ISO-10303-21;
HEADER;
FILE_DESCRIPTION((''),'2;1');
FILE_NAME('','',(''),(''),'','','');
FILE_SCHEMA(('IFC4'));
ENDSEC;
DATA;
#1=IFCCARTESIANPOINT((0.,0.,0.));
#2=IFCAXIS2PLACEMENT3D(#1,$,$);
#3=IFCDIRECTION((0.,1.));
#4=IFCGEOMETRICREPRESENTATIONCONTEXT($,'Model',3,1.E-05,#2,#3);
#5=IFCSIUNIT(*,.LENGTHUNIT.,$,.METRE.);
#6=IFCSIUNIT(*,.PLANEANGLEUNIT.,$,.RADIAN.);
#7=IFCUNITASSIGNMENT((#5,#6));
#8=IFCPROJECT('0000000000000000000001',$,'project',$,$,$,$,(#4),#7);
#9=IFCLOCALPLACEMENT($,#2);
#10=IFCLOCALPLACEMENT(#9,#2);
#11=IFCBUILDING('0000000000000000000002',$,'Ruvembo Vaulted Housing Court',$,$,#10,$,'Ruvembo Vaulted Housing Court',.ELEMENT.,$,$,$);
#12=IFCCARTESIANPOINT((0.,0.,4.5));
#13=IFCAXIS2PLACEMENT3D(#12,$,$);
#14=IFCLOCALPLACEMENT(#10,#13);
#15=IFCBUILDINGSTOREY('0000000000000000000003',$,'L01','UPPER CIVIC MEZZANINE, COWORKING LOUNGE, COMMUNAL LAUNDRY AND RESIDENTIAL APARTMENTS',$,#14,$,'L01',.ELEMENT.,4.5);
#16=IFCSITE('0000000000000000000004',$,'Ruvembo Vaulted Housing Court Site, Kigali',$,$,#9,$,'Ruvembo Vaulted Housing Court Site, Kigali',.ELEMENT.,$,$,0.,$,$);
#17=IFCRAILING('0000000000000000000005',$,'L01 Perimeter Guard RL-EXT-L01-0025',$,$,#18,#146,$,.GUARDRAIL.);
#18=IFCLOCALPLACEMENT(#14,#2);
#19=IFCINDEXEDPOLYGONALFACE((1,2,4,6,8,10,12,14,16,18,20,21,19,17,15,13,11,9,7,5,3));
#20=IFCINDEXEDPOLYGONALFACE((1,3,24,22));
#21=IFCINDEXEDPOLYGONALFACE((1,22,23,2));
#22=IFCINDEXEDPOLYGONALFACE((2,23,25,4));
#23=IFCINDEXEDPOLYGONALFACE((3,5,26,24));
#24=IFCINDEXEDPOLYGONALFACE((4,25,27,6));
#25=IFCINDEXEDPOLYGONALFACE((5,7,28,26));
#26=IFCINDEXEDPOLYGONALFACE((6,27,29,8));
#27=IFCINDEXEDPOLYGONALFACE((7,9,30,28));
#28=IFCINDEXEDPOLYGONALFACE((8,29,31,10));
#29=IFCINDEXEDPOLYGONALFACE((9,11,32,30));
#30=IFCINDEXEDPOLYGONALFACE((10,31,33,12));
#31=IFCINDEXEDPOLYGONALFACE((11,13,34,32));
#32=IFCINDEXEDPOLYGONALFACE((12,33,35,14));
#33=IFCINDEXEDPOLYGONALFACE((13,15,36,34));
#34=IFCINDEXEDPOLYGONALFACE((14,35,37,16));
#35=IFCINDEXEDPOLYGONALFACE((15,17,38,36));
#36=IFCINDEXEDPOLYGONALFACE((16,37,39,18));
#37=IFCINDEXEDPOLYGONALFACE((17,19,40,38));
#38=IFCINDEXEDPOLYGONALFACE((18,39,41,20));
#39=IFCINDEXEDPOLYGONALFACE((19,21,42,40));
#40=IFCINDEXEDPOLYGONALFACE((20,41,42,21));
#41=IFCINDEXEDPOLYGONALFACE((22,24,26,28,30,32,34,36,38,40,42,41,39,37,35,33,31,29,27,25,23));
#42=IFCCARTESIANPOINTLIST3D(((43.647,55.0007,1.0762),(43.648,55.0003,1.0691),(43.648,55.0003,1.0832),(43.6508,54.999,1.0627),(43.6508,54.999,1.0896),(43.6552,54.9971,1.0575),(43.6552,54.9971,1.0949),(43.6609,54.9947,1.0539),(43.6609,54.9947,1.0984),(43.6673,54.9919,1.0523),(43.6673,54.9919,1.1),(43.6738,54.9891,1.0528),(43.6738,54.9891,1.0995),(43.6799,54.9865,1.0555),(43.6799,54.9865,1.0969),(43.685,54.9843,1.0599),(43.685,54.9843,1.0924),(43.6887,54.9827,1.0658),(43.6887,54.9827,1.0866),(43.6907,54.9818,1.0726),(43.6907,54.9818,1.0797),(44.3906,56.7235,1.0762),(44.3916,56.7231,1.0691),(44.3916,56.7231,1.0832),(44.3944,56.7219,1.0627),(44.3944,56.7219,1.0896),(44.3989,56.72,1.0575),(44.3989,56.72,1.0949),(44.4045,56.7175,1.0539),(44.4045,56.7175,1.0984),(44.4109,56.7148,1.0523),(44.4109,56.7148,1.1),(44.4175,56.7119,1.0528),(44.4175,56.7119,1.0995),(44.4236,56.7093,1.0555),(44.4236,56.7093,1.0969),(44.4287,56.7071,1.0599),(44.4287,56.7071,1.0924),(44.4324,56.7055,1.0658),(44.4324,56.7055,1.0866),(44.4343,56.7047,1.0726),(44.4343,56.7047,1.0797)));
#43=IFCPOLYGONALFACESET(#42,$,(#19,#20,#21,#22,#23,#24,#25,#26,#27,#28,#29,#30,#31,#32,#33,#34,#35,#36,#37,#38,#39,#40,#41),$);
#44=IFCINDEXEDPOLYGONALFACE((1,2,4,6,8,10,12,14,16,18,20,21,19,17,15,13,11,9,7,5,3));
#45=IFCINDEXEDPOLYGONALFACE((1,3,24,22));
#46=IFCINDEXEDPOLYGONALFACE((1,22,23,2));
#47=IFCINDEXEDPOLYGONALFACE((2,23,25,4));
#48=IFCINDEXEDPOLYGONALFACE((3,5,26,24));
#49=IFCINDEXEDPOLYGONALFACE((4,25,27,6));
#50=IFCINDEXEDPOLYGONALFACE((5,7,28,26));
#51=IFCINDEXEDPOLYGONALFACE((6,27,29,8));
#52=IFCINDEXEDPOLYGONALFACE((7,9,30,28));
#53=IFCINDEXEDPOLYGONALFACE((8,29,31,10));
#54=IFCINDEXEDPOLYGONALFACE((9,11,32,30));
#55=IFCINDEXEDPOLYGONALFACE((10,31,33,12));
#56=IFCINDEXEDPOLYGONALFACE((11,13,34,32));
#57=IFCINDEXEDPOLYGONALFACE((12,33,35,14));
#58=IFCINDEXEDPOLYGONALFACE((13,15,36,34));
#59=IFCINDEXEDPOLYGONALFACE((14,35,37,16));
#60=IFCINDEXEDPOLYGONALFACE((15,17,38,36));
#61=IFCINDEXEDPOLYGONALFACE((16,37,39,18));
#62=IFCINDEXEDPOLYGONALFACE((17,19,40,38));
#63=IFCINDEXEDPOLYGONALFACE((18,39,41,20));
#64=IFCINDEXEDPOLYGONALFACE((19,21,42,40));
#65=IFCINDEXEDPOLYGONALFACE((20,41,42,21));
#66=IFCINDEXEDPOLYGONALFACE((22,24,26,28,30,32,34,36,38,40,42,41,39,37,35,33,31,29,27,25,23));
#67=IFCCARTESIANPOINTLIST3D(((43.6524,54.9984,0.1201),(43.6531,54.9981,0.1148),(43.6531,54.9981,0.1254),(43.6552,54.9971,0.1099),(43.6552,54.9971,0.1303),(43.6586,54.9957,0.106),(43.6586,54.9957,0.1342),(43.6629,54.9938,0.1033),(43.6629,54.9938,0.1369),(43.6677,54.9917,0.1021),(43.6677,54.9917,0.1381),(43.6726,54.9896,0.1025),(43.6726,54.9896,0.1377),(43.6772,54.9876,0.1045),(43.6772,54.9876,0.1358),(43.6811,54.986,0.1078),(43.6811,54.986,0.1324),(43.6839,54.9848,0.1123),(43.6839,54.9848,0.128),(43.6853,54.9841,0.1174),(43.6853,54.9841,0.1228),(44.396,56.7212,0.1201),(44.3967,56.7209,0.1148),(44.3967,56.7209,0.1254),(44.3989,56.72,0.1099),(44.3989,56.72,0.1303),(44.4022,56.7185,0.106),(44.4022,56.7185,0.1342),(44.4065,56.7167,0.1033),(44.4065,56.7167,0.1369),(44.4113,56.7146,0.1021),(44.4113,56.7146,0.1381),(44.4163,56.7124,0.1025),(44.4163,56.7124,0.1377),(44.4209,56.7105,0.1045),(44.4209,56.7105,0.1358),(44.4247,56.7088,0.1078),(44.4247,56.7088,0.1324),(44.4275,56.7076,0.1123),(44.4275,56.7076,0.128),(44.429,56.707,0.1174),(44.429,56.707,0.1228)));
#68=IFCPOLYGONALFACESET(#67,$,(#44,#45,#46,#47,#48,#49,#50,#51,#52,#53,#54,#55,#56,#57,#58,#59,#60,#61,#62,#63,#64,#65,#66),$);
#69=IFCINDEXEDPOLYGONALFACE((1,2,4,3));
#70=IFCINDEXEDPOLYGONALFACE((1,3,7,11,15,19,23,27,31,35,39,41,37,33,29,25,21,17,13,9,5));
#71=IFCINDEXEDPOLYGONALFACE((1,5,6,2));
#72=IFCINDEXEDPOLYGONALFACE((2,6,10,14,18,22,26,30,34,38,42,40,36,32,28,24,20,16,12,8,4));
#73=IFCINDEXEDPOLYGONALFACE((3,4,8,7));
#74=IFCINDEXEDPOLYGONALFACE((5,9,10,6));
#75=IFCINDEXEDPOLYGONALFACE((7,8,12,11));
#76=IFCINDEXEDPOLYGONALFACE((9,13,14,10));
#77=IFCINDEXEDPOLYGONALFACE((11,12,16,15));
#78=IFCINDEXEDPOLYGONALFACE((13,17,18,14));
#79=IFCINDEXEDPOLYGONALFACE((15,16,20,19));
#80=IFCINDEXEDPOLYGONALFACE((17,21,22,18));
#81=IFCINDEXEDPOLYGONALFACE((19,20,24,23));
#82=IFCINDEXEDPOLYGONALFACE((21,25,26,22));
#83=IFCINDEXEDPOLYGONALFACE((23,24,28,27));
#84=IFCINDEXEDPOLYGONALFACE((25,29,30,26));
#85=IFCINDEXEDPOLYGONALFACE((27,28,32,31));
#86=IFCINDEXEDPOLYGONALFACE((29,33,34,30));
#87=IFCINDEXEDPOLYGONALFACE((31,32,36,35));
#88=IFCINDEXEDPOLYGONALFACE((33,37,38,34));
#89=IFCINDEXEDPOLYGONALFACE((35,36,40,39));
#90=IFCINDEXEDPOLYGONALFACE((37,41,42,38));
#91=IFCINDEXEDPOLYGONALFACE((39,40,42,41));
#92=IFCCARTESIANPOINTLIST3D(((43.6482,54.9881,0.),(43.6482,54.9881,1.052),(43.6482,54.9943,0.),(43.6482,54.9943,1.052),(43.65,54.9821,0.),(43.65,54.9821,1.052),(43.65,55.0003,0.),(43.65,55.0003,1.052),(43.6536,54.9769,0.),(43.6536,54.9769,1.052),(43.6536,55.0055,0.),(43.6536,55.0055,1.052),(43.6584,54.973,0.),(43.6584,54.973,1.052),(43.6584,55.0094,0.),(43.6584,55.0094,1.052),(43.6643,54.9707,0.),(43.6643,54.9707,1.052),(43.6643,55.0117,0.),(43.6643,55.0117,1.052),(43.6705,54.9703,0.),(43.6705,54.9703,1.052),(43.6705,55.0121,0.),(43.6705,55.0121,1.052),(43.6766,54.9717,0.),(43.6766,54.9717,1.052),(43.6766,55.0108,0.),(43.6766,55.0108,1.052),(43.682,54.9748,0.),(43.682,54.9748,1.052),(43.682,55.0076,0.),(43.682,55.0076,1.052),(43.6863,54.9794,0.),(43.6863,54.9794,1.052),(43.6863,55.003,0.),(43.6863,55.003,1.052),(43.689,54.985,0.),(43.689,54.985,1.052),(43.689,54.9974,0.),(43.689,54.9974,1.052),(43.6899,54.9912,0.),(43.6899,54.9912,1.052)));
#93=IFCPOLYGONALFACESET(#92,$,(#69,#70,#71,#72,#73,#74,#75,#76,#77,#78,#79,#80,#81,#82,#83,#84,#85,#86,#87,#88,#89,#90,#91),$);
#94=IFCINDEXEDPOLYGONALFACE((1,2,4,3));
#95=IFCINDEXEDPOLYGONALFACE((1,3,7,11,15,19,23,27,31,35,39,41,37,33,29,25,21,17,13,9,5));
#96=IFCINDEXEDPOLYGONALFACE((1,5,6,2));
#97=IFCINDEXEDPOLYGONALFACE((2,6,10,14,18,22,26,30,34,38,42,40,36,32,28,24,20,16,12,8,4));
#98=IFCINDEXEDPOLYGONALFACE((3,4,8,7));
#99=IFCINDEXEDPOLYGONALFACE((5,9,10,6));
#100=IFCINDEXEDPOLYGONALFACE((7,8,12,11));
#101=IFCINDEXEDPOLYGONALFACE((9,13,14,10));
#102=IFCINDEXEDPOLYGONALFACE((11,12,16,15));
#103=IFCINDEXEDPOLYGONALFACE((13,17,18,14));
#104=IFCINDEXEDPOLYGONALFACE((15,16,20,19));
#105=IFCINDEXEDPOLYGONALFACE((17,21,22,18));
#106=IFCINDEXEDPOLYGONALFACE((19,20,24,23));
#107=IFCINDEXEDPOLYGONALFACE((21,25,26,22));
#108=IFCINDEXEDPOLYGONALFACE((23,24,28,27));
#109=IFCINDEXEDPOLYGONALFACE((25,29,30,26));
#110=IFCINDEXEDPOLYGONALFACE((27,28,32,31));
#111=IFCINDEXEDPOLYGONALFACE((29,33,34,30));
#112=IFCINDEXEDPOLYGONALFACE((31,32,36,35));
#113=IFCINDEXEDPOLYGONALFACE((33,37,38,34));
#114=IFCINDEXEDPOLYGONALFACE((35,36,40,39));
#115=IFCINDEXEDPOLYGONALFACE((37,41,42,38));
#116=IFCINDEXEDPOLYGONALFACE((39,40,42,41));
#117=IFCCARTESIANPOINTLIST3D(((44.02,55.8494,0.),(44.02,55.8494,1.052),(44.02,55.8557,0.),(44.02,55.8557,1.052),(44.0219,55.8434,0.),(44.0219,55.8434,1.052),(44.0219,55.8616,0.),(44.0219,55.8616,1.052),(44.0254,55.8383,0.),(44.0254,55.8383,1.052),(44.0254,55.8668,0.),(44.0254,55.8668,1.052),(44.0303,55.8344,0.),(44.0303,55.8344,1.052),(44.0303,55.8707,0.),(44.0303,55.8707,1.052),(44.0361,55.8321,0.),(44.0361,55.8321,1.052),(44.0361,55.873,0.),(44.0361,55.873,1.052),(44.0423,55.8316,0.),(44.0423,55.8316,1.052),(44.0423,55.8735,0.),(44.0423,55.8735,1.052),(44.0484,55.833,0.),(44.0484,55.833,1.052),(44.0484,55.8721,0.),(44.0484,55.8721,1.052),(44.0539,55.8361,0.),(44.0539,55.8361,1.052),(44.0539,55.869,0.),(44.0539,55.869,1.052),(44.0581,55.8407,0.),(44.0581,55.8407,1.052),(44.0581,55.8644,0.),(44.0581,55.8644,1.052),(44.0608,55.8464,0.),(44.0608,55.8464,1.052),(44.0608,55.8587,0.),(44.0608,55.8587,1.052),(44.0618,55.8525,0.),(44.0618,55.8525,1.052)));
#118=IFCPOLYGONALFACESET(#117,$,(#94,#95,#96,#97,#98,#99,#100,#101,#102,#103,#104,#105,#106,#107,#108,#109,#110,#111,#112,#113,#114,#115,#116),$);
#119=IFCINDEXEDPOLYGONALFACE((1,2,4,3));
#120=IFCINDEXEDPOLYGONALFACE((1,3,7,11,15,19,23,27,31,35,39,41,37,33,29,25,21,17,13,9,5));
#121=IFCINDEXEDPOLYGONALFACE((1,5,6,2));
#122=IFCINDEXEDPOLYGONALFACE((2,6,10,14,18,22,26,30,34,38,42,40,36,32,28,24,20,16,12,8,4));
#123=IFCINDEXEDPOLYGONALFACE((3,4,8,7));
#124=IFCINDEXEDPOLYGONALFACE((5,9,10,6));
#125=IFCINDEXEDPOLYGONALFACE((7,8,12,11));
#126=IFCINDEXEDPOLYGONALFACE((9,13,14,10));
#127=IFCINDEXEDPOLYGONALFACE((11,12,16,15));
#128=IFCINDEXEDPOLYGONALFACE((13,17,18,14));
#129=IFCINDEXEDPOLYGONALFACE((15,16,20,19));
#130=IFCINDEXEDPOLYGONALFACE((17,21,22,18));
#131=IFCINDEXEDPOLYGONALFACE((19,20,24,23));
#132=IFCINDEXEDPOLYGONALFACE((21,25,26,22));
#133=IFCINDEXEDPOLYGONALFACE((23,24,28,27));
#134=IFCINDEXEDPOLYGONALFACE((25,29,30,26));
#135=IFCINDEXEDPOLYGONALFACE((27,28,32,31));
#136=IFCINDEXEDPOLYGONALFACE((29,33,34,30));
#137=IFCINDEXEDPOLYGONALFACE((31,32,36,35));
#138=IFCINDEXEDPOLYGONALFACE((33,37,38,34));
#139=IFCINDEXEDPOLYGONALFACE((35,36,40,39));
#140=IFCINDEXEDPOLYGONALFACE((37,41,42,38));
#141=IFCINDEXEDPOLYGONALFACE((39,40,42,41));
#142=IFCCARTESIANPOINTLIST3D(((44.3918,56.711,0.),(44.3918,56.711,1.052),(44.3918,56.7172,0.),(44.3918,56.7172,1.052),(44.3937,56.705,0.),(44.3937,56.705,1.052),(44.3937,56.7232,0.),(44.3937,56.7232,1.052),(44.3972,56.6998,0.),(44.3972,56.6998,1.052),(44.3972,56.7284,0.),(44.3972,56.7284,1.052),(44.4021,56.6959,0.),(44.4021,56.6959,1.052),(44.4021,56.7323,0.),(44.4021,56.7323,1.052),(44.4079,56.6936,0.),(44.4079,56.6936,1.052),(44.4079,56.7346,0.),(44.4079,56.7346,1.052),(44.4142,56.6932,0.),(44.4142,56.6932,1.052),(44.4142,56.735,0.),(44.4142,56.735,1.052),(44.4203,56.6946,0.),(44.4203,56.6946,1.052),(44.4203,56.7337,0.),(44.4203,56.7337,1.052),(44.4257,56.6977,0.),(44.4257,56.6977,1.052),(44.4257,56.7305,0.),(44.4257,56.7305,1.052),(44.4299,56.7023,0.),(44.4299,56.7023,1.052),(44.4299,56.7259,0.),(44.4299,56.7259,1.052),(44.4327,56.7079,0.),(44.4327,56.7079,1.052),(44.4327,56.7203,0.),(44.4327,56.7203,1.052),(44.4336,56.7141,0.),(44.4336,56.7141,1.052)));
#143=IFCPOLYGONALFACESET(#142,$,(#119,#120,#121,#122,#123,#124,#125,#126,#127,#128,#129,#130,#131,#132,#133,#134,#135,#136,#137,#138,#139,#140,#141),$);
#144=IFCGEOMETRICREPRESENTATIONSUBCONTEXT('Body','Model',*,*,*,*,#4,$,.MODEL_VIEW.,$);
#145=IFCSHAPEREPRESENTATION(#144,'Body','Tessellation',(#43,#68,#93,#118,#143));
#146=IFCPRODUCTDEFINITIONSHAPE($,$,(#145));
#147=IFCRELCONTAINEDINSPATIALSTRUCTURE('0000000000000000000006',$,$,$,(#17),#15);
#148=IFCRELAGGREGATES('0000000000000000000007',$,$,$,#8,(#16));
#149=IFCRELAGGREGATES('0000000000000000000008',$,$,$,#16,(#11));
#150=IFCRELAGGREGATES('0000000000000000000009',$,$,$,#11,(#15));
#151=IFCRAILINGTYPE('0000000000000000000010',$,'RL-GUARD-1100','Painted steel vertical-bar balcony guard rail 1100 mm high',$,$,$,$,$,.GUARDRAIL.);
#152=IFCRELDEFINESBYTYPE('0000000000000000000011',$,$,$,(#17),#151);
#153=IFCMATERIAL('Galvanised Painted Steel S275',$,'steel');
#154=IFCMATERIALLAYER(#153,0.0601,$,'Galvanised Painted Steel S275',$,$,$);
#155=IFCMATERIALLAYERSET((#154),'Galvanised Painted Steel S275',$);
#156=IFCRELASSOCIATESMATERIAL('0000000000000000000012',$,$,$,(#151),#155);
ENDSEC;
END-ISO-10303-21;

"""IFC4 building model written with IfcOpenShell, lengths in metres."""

from ifc_helpers import new_model, si_unit, direction, frame, origin, origin_2d, place, context, subcontext, project, spatial, circle, extrude, material, layer, layer_set, type_object, element, save


model = new_model("IFC4")

# Units and contexts
model_context = context("Model", 3, precision=1e-05, world=origin(), true_north=direction((0.0, 1.0)))
body_context = subcontext(model_context, "Body", "Model", "MODEL_VIEW")
ifc_project = project(units=[si_unit("LENGTHUNIT", "METRE"), si_unit("PLANEANGLEUNIT", "RADIAN")], contexts=[model_context])

# Site, building, storey
site_placement = place(None, origin())
site = spatial("IfcSite", under=ifc_project, at=site_placement, Name="Ruvembo Vaulted Housing Court Site, Kigali", LongName="Ruvembo Vaulted Housing Court Site, Kigali", CompositionType="ELEMENT", RefElevation=0.0)
building_placement = place(site_placement, origin())
building = spatial("IfcBuilding", under=site, at=building_placement, Name="Ruvembo Vaulted Housing Court", LongName="Ruvembo Vaulted Housing Court", CompositionType="ELEMENT")
storey_placement = place(building_placement, frame((0.0, 0.0, 4.5)))
storey = spatial("IfcBuildingStorey", under=building, at=storey_placement, Name="L01", Description="UPPER CIVIC MEZZANINE, COWORKING LOUNGE, COMMUNAL LAUNDRY AND RESIDENTIAL APARTMENTS", LongName="L01", CompositionType="ELEMENT", Elevation=4.5)

# Railing
ifc_material_1 = material(Name="Galvanised Painted Steel S275", Category="steel")
ifc_layer = layer(ifc_material_1, 0.0601, Name="Galvanised Painted Steel S275")
ifc_layer_set = layer_set([ifc_layer], Name="Galvanised Painted Steel S275")
railing_type = type_object("IfcRailingType", Name="RL-GUARD-1100", Description="Painted steel vertical-bar balcony guard rail 1100 mm high", PredefinedType="GUARDRAIL", material=ifc_layer_set)
railing_1_placement = place(storey_placement, frame((43.6689, 54.9912, 0.0)))
element("IfcRailing", 1, at=railing_1_placement, inside=storey, type_object=railing_type, Name="L01 Perimeter Guard RL-EXT-L01-0025", PredefinedType="GUARDRAIL", context=body_context, shape_type="SweptSolid", body=[
    extrude(circle(Radius=0.0239, at=origin_2d()), frame((0.0, 0.0, 1.0762), z_axis=(0.396289, 0.918126, 0.0), x_axis=(-0.918126, 0.396289, 0.0)), (0.0, 0.0, 1.0), 1.8765),
    extrude(circle(Radius=0.0181, at=origin_2d()), frame((0.0, 0.0, 0.1201), z_axis=(0.396289, 0.918126, 0.0), x_axis=(-0.918126, 0.396289, 0.0)), (0.0, 0.0, 1.0), 1.8765),
    extrude(circle(Radius=0.021, at=origin_2d()), origin(), (0.0, 0.0, 1.0), 1.052),
    extrude(circle(Radius=0.021, at=origin_2d()), frame((0.3718, 0.8613, 0.0)), (0.0, 0.0, 1.0), 1.052),
    extrude(circle(Radius=0.021, at=origin_2d()), frame((0.7437, 1.7229, 0.0)), (0.0, 0.0, 1.0), 1.052),
])

save(model, "model.ifc")
